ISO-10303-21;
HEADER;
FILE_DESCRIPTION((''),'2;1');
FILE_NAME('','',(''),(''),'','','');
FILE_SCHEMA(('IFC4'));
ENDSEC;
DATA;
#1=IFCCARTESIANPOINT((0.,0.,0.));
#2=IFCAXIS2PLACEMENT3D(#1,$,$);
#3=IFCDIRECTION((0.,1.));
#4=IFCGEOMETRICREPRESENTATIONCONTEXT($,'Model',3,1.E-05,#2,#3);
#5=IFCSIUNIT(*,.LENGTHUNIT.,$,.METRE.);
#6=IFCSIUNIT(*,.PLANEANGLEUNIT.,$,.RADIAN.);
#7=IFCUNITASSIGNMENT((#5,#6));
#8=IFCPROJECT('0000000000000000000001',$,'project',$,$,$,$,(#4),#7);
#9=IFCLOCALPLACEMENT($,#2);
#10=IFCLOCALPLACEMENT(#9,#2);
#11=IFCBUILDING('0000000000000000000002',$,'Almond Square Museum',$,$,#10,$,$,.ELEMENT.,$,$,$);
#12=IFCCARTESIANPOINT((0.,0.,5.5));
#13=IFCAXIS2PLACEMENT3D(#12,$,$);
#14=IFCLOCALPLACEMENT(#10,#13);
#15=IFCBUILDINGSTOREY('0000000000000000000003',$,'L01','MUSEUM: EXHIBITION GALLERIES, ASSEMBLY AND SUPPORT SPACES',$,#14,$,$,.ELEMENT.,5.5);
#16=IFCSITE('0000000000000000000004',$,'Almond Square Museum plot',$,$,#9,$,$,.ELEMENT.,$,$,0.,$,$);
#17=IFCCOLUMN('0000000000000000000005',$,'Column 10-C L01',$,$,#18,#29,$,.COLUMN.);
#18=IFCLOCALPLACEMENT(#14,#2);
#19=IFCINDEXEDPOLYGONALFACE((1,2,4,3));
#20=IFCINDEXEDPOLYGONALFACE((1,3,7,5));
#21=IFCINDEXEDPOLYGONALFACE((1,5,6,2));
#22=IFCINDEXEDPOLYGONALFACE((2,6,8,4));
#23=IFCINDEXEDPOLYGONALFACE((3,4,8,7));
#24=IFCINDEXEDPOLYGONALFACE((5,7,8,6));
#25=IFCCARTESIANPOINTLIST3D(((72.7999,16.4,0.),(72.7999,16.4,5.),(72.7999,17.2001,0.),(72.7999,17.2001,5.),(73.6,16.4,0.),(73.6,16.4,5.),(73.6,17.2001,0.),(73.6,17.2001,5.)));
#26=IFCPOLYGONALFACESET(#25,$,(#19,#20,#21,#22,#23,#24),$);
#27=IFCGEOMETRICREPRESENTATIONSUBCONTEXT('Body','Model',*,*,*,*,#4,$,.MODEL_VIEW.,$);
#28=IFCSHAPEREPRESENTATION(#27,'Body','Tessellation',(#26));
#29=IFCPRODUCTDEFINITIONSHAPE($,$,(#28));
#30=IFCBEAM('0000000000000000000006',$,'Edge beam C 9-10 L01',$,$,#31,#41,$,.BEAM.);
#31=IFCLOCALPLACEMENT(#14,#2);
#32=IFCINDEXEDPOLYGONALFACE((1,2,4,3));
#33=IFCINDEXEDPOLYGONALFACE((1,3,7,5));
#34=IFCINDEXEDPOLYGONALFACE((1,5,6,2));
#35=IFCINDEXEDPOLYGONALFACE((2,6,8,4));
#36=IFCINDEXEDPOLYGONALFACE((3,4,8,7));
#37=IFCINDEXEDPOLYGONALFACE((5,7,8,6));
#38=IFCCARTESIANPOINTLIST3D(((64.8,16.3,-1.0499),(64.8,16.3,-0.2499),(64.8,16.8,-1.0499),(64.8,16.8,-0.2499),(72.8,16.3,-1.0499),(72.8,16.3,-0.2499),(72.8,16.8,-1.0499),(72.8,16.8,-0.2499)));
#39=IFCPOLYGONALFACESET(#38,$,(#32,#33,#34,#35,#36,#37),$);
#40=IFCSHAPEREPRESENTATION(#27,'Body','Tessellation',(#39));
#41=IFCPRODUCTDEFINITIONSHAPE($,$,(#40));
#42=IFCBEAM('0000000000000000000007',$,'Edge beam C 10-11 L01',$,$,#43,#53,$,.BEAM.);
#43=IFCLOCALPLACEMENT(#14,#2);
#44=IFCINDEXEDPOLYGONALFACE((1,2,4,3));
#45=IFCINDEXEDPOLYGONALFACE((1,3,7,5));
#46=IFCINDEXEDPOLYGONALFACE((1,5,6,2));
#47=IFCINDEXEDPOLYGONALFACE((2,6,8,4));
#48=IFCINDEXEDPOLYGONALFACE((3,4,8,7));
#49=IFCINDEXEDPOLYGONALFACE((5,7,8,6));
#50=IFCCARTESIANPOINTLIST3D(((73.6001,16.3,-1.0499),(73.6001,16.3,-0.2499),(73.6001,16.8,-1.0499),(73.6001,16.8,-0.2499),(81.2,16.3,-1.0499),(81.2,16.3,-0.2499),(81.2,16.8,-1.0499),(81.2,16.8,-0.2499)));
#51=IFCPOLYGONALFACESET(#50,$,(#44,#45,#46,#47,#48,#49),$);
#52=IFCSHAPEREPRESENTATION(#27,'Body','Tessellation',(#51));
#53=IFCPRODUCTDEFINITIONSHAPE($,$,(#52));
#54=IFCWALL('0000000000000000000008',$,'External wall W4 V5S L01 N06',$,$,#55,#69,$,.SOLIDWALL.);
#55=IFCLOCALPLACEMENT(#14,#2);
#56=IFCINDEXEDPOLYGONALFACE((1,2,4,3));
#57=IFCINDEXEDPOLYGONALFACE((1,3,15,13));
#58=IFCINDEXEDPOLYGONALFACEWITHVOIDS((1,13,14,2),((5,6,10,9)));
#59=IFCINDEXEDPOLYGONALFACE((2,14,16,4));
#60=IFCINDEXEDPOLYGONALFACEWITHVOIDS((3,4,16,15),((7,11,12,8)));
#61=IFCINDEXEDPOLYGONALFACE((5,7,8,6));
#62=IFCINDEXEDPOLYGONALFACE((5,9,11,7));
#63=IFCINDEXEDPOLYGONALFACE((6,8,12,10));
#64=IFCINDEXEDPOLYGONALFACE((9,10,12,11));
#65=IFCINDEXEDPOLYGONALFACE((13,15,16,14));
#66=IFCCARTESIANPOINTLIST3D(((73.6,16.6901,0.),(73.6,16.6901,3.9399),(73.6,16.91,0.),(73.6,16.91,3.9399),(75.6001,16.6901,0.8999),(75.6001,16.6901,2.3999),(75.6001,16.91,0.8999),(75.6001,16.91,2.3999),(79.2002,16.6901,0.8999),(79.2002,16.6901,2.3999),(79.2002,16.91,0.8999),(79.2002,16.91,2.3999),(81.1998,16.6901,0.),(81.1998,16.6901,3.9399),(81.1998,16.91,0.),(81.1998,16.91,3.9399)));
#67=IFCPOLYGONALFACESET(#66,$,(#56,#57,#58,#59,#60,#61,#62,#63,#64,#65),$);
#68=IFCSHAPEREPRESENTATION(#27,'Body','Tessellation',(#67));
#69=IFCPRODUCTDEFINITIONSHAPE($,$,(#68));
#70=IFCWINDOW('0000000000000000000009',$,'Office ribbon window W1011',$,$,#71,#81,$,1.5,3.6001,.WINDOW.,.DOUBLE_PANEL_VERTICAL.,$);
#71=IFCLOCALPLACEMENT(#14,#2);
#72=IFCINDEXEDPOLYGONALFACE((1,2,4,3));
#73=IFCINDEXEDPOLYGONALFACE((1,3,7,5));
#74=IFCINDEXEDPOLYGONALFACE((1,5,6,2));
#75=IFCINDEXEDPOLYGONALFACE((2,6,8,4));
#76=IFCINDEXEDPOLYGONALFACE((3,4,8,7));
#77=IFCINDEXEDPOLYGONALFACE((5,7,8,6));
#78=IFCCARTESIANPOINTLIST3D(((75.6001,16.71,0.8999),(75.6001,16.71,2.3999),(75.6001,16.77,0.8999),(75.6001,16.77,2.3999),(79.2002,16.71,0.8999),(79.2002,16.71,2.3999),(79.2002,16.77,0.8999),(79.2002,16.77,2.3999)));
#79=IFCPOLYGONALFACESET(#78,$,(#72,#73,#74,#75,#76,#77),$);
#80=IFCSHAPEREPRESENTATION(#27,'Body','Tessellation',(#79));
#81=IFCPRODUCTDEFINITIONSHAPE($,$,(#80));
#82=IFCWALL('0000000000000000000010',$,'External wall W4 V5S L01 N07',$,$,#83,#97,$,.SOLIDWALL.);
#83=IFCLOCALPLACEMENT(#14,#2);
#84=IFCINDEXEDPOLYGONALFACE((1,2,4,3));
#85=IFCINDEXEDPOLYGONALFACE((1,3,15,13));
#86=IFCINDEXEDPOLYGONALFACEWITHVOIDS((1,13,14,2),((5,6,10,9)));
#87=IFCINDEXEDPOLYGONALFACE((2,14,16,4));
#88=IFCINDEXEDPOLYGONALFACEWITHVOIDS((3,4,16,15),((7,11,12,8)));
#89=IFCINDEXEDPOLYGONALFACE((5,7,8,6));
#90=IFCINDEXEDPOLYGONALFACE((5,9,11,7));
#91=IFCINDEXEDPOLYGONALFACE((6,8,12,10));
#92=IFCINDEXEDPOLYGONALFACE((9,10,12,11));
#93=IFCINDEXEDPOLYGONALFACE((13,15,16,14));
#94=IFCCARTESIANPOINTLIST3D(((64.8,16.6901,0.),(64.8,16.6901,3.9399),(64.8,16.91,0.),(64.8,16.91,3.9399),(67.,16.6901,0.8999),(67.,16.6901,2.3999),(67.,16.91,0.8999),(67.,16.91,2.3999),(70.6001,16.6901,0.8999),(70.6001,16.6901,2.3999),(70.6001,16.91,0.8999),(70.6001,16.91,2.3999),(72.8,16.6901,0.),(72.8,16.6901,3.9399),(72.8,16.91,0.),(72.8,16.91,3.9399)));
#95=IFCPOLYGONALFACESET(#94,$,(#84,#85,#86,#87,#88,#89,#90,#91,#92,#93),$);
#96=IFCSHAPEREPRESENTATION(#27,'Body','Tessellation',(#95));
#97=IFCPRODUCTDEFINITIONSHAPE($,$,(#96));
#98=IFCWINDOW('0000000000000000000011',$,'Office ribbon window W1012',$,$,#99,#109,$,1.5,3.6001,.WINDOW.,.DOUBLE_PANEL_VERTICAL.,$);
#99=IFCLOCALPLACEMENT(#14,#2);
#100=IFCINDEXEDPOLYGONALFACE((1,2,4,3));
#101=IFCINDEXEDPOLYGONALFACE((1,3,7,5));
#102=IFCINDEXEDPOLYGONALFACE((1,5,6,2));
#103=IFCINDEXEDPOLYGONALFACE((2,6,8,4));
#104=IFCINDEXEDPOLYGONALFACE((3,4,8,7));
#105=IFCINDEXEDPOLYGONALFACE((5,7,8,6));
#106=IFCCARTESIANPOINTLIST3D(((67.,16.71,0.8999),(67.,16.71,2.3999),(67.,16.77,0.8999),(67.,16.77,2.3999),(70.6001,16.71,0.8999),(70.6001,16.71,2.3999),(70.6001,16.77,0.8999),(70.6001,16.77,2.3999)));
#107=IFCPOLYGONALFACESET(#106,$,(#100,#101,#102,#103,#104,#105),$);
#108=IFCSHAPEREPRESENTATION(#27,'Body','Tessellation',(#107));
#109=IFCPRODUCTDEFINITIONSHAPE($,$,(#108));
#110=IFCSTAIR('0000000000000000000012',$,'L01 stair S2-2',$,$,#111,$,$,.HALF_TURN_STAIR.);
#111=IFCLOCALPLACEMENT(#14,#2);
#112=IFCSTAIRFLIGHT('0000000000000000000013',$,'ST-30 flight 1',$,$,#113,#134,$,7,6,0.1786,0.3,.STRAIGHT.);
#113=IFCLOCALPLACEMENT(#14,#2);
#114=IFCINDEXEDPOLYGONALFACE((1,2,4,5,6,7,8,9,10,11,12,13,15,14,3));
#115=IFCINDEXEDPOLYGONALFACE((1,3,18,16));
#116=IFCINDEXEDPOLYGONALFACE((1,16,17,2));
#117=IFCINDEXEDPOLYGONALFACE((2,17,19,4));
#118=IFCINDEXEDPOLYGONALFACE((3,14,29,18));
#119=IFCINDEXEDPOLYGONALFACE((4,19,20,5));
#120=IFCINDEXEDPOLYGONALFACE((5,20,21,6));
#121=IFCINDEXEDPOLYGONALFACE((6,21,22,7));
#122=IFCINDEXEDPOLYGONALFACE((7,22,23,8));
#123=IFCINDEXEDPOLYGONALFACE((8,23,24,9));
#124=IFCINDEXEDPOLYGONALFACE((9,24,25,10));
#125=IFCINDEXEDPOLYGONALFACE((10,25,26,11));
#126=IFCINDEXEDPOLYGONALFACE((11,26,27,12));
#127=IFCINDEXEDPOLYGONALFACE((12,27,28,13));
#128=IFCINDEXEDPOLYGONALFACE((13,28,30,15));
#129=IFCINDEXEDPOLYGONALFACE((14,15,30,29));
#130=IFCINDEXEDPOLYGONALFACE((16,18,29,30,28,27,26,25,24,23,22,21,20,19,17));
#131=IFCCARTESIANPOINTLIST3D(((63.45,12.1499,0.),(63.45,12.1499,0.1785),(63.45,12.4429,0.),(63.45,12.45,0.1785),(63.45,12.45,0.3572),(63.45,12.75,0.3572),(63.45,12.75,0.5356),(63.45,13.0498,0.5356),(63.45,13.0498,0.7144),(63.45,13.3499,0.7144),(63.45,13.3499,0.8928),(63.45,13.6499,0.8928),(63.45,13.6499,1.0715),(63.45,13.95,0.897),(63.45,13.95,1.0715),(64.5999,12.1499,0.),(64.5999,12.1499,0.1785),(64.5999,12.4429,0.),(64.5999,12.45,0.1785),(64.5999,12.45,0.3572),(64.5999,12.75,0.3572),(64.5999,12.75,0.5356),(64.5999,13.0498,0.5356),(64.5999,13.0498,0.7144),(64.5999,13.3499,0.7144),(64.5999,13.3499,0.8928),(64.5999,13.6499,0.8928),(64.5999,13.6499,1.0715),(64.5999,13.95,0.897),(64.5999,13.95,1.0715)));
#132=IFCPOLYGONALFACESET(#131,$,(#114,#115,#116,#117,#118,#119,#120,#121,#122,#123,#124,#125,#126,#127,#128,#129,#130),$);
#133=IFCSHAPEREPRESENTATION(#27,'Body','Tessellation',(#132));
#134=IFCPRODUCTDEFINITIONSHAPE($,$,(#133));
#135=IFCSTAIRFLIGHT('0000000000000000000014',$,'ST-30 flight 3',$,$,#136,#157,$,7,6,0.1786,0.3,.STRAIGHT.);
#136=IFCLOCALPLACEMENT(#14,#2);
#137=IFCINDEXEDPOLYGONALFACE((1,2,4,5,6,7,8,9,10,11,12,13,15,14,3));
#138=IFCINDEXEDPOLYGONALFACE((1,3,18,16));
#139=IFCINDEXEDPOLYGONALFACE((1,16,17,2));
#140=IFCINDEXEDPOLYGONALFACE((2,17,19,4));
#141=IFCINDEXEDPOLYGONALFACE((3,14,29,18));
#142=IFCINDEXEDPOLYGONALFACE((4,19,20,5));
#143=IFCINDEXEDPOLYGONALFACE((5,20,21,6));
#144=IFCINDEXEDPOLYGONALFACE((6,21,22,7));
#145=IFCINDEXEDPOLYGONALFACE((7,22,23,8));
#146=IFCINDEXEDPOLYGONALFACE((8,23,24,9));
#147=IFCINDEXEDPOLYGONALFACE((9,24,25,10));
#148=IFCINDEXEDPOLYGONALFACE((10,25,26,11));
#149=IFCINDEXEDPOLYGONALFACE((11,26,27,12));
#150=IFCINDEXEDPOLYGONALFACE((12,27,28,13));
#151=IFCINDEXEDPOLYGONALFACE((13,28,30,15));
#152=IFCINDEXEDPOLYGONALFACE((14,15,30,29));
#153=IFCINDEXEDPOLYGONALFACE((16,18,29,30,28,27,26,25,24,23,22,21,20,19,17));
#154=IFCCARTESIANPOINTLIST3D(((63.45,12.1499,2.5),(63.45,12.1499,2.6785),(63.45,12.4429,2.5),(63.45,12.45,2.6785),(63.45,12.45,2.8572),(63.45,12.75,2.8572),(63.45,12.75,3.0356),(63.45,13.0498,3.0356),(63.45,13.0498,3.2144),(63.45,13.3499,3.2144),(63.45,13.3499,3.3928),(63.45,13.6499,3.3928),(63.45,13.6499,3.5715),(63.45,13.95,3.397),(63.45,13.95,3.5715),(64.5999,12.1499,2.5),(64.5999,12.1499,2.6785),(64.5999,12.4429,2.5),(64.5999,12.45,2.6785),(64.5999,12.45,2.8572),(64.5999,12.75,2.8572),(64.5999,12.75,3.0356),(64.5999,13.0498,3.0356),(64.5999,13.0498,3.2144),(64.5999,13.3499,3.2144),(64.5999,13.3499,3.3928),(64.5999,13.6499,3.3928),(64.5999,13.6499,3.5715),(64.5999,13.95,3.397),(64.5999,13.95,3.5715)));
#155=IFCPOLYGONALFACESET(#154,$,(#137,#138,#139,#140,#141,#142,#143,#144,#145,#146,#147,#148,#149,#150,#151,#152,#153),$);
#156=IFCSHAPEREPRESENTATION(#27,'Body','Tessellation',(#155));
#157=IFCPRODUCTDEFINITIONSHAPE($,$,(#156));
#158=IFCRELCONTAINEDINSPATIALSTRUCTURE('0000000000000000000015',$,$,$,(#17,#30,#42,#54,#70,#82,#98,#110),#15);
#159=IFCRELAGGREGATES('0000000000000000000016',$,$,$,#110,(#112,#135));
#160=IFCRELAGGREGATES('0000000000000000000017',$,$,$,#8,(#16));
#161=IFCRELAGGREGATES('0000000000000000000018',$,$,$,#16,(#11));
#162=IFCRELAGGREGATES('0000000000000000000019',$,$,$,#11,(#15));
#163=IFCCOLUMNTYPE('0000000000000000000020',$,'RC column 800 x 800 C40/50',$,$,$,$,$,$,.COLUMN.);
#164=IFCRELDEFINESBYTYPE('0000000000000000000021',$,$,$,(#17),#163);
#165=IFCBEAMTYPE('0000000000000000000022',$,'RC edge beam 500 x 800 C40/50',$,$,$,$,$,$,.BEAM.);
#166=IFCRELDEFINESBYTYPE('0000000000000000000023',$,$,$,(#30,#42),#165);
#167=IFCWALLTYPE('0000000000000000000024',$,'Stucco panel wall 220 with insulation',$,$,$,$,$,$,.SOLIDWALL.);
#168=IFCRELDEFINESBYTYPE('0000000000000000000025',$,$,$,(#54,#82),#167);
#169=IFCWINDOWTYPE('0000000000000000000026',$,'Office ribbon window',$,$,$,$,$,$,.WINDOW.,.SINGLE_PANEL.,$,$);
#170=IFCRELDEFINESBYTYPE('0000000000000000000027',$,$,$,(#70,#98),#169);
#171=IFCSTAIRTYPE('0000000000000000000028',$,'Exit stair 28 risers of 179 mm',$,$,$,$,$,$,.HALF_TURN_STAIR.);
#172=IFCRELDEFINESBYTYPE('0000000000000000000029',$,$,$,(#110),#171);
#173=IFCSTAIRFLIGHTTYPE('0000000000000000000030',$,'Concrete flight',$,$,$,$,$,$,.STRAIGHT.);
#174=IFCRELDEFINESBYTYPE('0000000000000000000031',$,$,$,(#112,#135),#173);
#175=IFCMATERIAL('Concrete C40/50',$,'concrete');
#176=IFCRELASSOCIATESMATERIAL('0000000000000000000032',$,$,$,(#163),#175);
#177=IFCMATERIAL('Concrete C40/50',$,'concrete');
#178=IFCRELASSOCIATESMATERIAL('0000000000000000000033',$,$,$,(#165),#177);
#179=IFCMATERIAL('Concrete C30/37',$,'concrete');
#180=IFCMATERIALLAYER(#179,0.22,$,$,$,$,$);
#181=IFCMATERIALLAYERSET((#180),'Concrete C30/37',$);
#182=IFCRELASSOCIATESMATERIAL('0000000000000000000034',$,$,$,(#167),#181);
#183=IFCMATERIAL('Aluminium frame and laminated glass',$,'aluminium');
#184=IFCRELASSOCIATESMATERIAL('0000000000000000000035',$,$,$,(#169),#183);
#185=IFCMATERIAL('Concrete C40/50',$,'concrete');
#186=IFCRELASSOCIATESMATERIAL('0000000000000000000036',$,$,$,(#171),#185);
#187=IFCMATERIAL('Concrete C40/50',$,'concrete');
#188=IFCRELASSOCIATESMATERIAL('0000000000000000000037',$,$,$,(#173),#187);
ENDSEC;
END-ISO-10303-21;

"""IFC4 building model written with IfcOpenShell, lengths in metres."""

from ifc_helpers import new_model, si_unit, direction, frame, frame_2d, origin, origin_2d, place, context, subcontext, project, spatial, polyline, rectangle, outline, extrude, material, layer, layer_set, material_profile, profile_set, type_object, element, fill, aggregate, save


model = new_model("IFC4")

# Units and contexts
model_context = context("Model", 3, precision=1e-05, world=origin(), true_north=direction((0.0, 1.0)))
body_context = subcontext(model_context, "Body", "Model", "MODEL_VIEW")
ifc_project = project(units=[si_unit("LENGTHUNIT", "METRE"), si_unit("PLANEANGLEUNIT", "RADIAN")], contexts=[model_context])

# Site, building, storey
site_placement = place(None, origin())
site = spatial("IfcSite", under=ifc_project, at=site_placement, Name="Almond Square Museum plot", CompositionType="ELEMENT", RefElevation=0.0)
building_placement = place(site_placement, origin())
building = spatial("IfcBuilding", under=site, at=building_placement, Name="Almond Square Museum", CompositionType="ELEMENT")
storey_placement = place(building_placement, frame((0.0, 0.0, 5.5)))
storey = spatial("IfcBuildingStorey", under=building, at=storey_placement, Name="L01", Description="MUSEUM: EXHIBITION GALLERIES, ASSEMBLY AND SUPPORT SPACES", CompositionType="ELEMENT", Elevation=5.5)

# Column
ifc_material_1 = material(Name="Concrete C40/50", Category="concrete")
ifc_material_profile_1 = material_profile(ifc_material_1, rectangle(XDim=0.8, YDim=0.8, at=origin_2d()))
ifc_profile_set_1 = profile_set([ifc_material_profile_1], Name="Concrete C40/50")
column_type = type_object("IfcColumnType", Name="RC column 800 x 800 C40/50", PredefinedType="COLUMN", material=ifc_profile_set_1)
column_placement = place(storey_placement, frame((73.2, 16.8, 0.0), z_axis=(0.0, 0.0, 1.0), x_axis=(1.0, 0.0, 0.0)))
element("IfcColumn", 1, at=column_placement, inside=storey, type_object=column_type, Name="Column 10-C L01", PredefinedType="COLUMN", context=body_context, shape_type="SweptSolid", body=[
    extrude(rectangle(XDim=0.8, YDim=0.8, at=origin_2d()), origin(), (0.0, 0.0, 1.0), 5.0),
])

# Beams
ifc_material_2 = material(Name="Concrete C40/50", Category="concrete")
ifc_material_profile_2 = material_profile(ifc_material_2, rectangle(XDim=0.5, YDim=0.8, at=origin_2d()))
ifc_profile_set_2 = profile_set([ifc_material_profile_2], Name="Concrete C40/50")
beam_type = type_object("IfcBeamType", Name="RC edge beam 500 x 800 C40/50", PredefinedType="BEAM", material=ifc_profile_set_2)
beam_1_placement = place(storey_placement, frame((64.8, 16.55, -0.6499), z_axis=(1.0, 0.0, 0.0), x_axis=(0.0, 1.0, 0.0)))
element("IfcBeam", 2, at=beam_1_placement, inside=storey, type_object=beam_type, Name="Edge beam C 9-10 L01", PredefinedType="BEAM", context=body_context, shape_type="SweptSolid", body=[
    extrude(rectangle(XDim=0.5, YDim=0.8, at=origin_2d()), origin(), (0.0, 0.0, 1.0), 8.0),
])
beam_2_placement = place(storey_placement, frame((73.6001, 16.55, -0.6499), z_axis=(1.0, 0.0, 0.0), x_axis=(0.0, 1.0, 0.0)))
element("IfcBeam", 3, at=beam_2_placement, inside=storey, type_object=beam_type, Name="Edge beam C 10-11 L01", PredefinedType="BEAM", context=body_context, shape_type="SweptSolid", body=[
    extrude(rectangle(XDim=0.5, YDim=0.8, at=origin_2d()), origin(), (0.0, 0.0, 1.0), 7.5999),
])

# Walls, openings, windows
ifc_material_3 = material(Name="Concrete C30/37", Category="concrete")
ifc_layer = layer(ifc_material_3, 0.22)
ifc_layer_set = layer_set([ifc_layer], Name="Concrete C30/37")
wall_type = type_object("IfcWallType", Name="Stucco panel wall 220 with insulation", PredefinedType="SOLIDWALL", material=ifc_layer_set)
wall_1_placement = place(storey_placement, frame((73.6001, 16.8, 0.0), z_axis=(0.0, 0.0, 1.0), x_axis=(1.0, 0.0, 0.0)))
wall_1 = element("IfcWall", 4, at=wall_1_placement, inside=storey, type_object=wall_type, Name="External wall W4 V5S L01 N06", PredefinedType="SOLIDWALL", context=body_context, shape_type="SweptSolid", body=[
    extrude(rectangle(XDim=7.5999, YDim=0.22, at=frame_2d((3.7998, 0.0))), origin(), (0.0, 0.0, 1.0), 3.9399),
])
opening_1_placement = place(wall_1_placement, frame((2.0, 0.0, 0.8999)))
opening_1 = element("IfcOpeningElement", 5, at=opening_1_placement, cuts=wall_1, PredefinedType="OPENING", context=body_context, shape_type="SweptSolid", body=[
    extrude(rectangle(XDim=3.6001, YDim=1.5, at=frame_2d((1.8, 0.75))), frame((0.0, 0.1199, 0.0), z_axis=(0.0, -1.0, 0.0), x_axis=(1.0, 0.0, 0.0)), (0.0, 0.0, 1.0), 0.24),
])
ifc_material_4 = material(Name="Aluminium frame and laminated glass", Category="aluminium")
window_type = type_object("IfcWindowType", Name="Office ribbon window", PartitioningType="SINGLE_PANEL", PredefinedType="WINDOW", material=ifc_material_4)
window_1_placement = place(opening_1_placement, origin())
window_1 = element("IfcWindow", 6, at=window_1_placement, inside=storey, type_object=window_type, Name="Office ribbon window W1011", OverallHeight=1.5, OverallWidth=3.6001, PartitioningType="DOUBLE_PANEL_VERTICAL", PredefinedType="WINDOW", context=body_context, shape_type="SweptSolid", body=[
    extrude(rectangle(XDim=3.6001, YDim=1.5, at=frame_2d((1.8, 0.75))), frame((0.0, -0.03, 0.0), z_axis=(0.0, -1.0, 0.0), x_axis=(1.0, 0.0, 0.0)), (0.0, 0.0, 1.0), 0.0601),
])
fill(opening_1, window_1)
wall_2_placement = place(storey_placement, frame((64.8, 16.8, 0.0), z_axis=(0.0, 0.0, 1.0), x_axis=(1.0, 0.0, 0.0)))
wall_2 = element("IfcWall", 7, at=wall_2_placement, inside=storey, type_object=wall_type, Name="External wall W4 V5S L01 N07", PredefinedType="SOLIDWALL", context=body_context, shape_type="SweptSolid", body=[
    extrude(rectangle(XDim=8.0, YDim=0.22, at=frame_2d((4.0, 0.0))), origin(), (0.0, 0.0, 1.0), 3.9399),
])
opening_2_placement = place(wall_2_placement, frame((2.2, 0.0, 0.8999)))
opening_2 = element("IfcOpeningElement", 8, at=opening_2_placement, cuts=wall_2, PredefinedType="OPENING", context=body_context, shape_type="SweptSolid", body=[
    extrude(rectangle(XDim=3.6001, YDim=1.5, at=frame_2d((1.8, 0.75))), frame((0.0, 0.1199, 0.0), z_axis=(0.0, -1.0, 0.0), x_axis=(1.0, 0.0, 0.0)), (0.0, 0.0, 1.0), 0.24),
])
window_2_placement = place(opening_2_placement, origin())
window_2 = element("IfcWindow", 9, at=window_2_placement, inside=storey, type_object=window_type, Name="Office ribbon window W1012", OverallHeight=1.5, OverallWidth=3.6001, PartitioningType="DOUBLE_PANEL_VERTICAL", PredefinedType="WINDOW", context=body_context, shape_type="SweptSolid", body=[
    extrude(rectangle(XDim=3.6001, YDim=1.5, at=frame_2d((1.8, 0.75))), frame((0.0, -0.03, 0.0), z_axis=(0.0, -1.0, 0.0), x_axis=(1.0, 0.0, 0.0)), (0.0, 0.0, 1.0), 0.0601),
])
fill(opening_2, window_2)

# Stair, stair flights
ifc_material_5 = material(Name="Concrete C40/50", Category="concrete")
stair_type = type_object("IfcStairType", Name="Exit stair 28 risers of 179 mm", PredefinedType="HALF_TURN_STAIR", material=ifc_material_5)
stair_placement = place(storey_placement, origin())
stair = element("IfcStair", 10, at=stair_placement, inside=storey, type_object=stair_type, Name="L01 stair S2-2", PredefinedType="HALF_TURN_STAIR")
ifc_material_6 = material(Name="Concrete C40/50", Category="concrete")
stair_flight_type = type_object("IfcStairFlightType", Name="Concrete flight", PredefinedType="STRAIGHT", material=ifc_material_6)
stair_flight_1_placement = place(storey_placement, frame((64.0249, 12.1499, 0.0), z_axis=(0.0, 0.0, 1.0), x_axis=(0.0, 1.0, 0.0)))
stair_flight_1 = element("IfcStairFlight", 11, at=stair_flight_1_placement, type_object=stair_flight_type, Name="ST-30 flight 1", NumberOfRisers=7, NumberOfTreads=6, PredefinedType="STRAIGHT", RiserHeight=0.1786, TreadLength=0.3, context=body_context, shape_type="SweptSolid", body=[
    extrude(outline(polyline([(0.0, 0.0), (0.0, 0.1785), (0.3, 0.1785), (0.3, 0.3572), (0.6001, 0.3572), (0.6001, 0.5356), (0.8999, 0.5356), (0.8999, 0.7144), (1.2, 0.7144), (1.2, 0.8928), (1.5, 0.8928), (1.5, 1.0715), (1.8, 1.0715), (1.8, 1.25), (1.8, 0.897), (0.293, 0.0), (0.0, 0.0)])), frame((0.0, 0.575, 0.0), z_axis=(0.0, -1.0, 0.0), x_axis=(1.0, 0.0, 0.0)), (0.0, 0.0, 1.0), 1.1499),
])
stair_flight_2_placement = place(storey_placement, frame((64.0249, 12.1499, 2.5), z_axis=(0.0, 0.0, 1.0), x_axis=(0.0, 1.0, 0.0)))
stair_flight_2 = element("IfcStairFlight", 12, at=stair_flight_2_placement, type_object=stair_flight_type, Name="ST-30 flight 3", NumberOfRisers=7, NumberOfTreads=6, PredefinedType="STRAIGHT", RiserHeight=0.1786, TreadLength=0.3, context=body_context, shape_type="SweptSolid", body=[
    extrude(outline(polyline([(0.0, 0.0), (0.0, 0.1785), (0.3, 0.1785), (0.3, 0.3572), (0.6001, 0.3572), (0.6001, 0.5356), (0.8999, 0.5356), (0.8999, 0.7144), (1.2, 0.7144), (1.2, 0.8928), (1.5, 0.8928), (1.5, 1.0715), (1.8, 1.0715), (1.8, 1.25), (1.8, 0.897), (0.293, 0.0), (0.0, 0.0)])), frame((0.0, 0.575, 0.0), z_axis=(0.0, -1.0, 0.0), x_axis=(1.0, 0.0, 0.0)), (0.0, 0.0, 1.0), 1.1499),
])
aggregate(stair, [stair_flight_1, stair_flight_2])

save(model, "model.ifc")
